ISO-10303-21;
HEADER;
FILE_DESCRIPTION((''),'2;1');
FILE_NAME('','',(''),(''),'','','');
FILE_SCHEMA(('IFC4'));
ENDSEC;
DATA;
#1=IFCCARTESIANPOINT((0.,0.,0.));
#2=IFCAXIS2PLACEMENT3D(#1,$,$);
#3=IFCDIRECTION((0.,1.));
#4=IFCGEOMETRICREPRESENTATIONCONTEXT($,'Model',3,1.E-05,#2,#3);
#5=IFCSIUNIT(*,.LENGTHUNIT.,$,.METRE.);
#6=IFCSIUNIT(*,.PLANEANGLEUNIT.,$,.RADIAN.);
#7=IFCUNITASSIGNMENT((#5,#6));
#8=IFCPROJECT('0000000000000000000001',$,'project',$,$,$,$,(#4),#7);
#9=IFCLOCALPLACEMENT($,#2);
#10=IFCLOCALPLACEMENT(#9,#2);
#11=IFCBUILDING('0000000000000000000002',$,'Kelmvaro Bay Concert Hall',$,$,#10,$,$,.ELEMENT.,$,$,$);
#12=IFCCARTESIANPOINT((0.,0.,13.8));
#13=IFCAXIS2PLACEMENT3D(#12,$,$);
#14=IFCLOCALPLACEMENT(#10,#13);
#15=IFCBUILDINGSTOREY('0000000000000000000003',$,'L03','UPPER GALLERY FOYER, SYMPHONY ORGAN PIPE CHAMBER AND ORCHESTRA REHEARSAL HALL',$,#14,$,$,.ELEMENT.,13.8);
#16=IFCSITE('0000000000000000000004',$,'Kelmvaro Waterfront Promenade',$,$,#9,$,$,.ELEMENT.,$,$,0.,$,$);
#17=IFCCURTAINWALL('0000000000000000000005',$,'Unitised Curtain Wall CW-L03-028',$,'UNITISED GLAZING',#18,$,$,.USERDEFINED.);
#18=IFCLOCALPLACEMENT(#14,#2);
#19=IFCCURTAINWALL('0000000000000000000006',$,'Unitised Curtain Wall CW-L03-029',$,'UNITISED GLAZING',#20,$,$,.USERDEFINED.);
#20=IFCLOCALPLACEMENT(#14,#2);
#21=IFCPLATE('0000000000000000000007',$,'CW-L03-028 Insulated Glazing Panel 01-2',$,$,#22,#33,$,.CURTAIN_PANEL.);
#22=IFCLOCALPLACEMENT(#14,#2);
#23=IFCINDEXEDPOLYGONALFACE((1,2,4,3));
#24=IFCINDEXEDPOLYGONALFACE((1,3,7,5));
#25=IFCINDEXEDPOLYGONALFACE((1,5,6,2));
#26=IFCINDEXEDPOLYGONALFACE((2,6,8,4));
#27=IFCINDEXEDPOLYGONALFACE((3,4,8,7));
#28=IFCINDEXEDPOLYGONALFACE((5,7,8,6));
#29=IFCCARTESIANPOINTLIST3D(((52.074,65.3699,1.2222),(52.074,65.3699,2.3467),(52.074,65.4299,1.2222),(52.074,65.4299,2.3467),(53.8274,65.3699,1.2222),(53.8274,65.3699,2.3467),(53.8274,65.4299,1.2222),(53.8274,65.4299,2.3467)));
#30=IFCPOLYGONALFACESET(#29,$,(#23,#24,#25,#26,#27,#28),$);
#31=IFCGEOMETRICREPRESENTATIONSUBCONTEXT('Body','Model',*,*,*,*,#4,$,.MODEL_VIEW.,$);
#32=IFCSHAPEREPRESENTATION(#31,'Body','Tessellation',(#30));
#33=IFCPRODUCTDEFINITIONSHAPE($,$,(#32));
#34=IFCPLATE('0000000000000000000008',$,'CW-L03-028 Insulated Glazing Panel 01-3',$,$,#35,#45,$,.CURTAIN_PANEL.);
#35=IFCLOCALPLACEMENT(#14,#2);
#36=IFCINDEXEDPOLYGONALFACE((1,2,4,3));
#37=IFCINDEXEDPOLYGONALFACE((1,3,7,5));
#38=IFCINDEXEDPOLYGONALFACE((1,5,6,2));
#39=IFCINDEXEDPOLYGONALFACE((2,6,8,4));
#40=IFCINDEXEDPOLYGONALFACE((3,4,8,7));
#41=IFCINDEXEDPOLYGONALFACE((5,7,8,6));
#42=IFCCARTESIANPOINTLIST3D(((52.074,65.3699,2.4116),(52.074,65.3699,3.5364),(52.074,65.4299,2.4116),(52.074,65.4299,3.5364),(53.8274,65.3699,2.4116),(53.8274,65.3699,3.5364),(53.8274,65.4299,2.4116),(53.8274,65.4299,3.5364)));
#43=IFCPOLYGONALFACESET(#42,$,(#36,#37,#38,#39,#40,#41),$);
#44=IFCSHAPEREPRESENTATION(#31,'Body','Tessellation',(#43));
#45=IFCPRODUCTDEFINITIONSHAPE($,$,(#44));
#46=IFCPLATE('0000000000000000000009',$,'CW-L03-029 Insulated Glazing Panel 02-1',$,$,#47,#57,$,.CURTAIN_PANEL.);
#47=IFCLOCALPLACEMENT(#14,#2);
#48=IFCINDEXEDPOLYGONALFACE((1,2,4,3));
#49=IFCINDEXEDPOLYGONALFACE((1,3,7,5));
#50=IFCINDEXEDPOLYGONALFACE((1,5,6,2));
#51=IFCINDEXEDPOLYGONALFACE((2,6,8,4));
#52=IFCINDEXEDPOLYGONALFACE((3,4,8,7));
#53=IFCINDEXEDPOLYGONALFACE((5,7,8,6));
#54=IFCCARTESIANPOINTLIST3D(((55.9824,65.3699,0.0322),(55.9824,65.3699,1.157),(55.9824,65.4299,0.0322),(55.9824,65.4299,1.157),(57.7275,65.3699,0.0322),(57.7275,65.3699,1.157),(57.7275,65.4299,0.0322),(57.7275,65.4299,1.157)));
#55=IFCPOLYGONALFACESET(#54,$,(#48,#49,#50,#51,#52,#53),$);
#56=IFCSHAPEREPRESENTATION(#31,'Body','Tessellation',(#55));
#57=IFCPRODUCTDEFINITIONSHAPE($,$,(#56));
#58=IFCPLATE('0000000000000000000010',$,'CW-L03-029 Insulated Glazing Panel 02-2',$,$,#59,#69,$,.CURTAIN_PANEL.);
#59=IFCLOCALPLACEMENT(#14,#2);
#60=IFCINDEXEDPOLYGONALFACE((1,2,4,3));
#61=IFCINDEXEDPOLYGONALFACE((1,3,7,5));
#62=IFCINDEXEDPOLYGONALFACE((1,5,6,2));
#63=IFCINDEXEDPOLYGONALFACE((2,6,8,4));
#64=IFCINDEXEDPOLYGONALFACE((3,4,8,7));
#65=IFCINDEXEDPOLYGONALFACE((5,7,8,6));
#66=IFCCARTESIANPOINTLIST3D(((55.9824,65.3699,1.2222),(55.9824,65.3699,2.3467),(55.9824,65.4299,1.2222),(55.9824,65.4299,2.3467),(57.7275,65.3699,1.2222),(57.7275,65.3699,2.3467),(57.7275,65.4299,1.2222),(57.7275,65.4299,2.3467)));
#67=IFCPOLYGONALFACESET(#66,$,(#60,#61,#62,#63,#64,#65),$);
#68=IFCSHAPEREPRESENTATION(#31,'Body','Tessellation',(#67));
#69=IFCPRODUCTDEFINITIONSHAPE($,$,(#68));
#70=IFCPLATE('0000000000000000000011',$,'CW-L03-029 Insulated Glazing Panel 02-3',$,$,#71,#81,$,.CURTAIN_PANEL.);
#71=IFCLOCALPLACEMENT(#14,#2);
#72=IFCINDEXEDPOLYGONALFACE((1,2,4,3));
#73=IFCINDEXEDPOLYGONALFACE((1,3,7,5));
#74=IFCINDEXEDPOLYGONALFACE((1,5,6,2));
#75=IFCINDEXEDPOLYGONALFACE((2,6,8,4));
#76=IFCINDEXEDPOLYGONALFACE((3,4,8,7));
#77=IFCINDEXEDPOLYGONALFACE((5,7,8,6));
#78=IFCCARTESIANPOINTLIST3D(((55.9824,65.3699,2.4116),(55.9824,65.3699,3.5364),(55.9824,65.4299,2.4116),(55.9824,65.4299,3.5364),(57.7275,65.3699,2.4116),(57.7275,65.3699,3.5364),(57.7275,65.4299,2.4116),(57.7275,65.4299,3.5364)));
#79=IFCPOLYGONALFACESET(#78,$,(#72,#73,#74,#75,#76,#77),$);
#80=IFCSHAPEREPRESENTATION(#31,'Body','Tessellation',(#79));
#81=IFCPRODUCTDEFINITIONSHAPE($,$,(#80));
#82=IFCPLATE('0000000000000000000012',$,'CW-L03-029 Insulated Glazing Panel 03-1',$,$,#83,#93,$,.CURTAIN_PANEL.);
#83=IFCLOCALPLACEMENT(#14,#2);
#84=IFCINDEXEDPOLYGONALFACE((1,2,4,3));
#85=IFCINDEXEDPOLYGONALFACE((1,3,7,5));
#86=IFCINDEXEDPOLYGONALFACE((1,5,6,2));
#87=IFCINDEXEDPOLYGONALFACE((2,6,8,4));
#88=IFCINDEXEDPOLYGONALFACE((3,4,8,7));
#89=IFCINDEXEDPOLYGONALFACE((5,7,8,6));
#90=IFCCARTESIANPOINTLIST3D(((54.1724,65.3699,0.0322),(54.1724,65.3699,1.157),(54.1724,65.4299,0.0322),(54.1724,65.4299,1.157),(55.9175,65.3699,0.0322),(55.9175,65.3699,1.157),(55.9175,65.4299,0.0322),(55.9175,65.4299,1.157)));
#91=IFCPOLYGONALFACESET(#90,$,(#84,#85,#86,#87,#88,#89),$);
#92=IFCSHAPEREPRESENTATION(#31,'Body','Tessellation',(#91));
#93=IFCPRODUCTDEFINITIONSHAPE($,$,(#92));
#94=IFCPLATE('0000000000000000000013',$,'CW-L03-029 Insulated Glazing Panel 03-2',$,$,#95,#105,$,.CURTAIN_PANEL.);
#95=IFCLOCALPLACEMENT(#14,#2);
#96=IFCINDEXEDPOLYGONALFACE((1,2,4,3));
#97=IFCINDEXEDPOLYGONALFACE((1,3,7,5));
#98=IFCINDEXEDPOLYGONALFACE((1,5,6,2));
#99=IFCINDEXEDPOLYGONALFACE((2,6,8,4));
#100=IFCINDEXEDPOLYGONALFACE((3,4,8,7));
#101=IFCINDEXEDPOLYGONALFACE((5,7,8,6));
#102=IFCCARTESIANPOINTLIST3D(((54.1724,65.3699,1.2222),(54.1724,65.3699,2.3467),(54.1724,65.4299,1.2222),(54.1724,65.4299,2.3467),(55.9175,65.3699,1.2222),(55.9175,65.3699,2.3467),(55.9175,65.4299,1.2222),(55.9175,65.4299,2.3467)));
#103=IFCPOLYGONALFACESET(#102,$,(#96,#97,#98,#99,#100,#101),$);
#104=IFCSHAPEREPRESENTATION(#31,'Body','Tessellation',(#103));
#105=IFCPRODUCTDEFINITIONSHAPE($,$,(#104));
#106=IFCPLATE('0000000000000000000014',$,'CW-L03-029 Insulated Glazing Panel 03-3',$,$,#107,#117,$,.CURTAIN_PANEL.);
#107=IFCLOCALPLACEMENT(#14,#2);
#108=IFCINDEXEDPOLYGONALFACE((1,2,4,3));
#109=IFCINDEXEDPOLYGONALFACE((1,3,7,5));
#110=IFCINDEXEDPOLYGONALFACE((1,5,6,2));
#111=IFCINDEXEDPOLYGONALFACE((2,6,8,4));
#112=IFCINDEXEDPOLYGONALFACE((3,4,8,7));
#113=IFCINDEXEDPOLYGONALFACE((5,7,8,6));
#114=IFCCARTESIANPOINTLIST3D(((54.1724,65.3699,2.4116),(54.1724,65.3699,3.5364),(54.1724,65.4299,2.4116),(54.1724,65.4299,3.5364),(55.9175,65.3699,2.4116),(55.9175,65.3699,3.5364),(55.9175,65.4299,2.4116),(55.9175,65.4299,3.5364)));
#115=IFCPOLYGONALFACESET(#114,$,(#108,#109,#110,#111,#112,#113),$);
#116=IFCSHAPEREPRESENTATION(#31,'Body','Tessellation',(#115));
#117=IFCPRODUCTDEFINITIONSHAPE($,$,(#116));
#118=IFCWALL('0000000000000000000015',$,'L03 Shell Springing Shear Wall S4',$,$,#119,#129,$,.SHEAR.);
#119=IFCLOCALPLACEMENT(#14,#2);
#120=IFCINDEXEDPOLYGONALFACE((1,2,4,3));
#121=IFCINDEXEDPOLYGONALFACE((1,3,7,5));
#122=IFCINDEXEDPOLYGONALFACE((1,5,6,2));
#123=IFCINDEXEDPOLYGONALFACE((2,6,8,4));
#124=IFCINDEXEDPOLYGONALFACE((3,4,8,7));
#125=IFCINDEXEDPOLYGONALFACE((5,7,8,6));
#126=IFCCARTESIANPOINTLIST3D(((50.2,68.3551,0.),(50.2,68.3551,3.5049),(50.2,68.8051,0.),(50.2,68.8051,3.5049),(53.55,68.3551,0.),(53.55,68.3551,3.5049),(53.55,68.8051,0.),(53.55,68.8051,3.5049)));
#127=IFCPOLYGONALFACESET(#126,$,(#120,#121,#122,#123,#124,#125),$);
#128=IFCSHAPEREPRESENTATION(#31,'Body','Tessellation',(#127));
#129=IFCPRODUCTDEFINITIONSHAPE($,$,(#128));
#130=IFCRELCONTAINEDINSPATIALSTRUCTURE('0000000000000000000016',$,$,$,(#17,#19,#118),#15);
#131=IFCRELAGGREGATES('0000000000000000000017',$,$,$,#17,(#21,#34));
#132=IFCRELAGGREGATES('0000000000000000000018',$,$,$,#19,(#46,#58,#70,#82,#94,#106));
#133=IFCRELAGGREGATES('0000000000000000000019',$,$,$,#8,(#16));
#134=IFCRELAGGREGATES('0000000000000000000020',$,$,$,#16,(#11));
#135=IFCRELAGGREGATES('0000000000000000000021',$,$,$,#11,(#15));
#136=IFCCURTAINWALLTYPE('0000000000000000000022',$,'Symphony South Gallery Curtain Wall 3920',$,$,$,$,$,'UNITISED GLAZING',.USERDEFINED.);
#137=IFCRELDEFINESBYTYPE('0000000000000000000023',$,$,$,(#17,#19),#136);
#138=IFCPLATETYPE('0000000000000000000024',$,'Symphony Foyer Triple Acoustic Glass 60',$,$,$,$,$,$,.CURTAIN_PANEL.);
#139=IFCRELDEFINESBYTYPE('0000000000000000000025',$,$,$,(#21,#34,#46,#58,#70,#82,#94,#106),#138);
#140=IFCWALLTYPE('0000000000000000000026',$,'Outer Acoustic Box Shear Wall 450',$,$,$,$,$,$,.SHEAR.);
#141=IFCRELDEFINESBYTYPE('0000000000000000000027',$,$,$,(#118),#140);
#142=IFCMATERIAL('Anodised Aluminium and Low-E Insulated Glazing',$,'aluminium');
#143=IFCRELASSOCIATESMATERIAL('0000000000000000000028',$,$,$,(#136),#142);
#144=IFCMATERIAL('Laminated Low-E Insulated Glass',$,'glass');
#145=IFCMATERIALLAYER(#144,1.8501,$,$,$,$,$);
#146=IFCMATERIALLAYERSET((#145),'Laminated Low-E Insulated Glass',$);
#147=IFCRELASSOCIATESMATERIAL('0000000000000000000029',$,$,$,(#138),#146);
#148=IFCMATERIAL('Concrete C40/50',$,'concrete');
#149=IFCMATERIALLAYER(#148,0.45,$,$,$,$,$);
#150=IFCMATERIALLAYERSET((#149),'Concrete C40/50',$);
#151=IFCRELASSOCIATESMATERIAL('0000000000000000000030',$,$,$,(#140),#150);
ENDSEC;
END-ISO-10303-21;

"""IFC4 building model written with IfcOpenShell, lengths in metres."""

from ifc_helpers import new_model, si_unit, direction, frame, frame_2d, origin, origin_2d, place, context, subcontext, project, spatial, rectangle, extrude, material, layer, layer_set, type_object, element, aggregate, save


model = new_model("IFC4")

# Units and contexts
model_context = context("Model", 3, precision=1e-05, world=origin(), true_north=direction((0.0, 1.0)))
body_context = subcontext(model_context, "Body", "Model", "MODEL_VIEW")
ifc_project = project(units=[si_unit("LENGTHUNIT", "METRE"), si_unit("PLANEANGLEUNIT", "RADIAN")], contexts=[model_context])

# Site, building, storey
site_placement = place(None, origin())
site = spatial("IfcSite", under=ifc_project, at=site_placement, Name="Kelmvaro Waterfront Promenade", CompositionType="ELEMENT", RefElevation=0.0)
building_placement = place(site_placement, origin())
building = spatial("IfcBuilding", under=site, at=building_placement, Name="Kelmvaro Bay Concert Hall", CompositionType="ELEMENT")
storey_placement = place(building_placement, frame((0.0, 0.0, 13.8)))
storey = spatial("IfcBuildingStorey", under=building, at=storey_placement, Name="L03", Description="UPPER GALLERY FOYER, SYMPHONY ORGAN PIPE CHAMBER AND ORCHESTRA REHEARSAL HALL", CompositionType="ELEMENT", Elevation=13.8)

# Curtain wall
ifc_material_1 = material(Name="Anodised Aluminium and Low-E Insulated Glazing", Category="aluminium")
curtain_wall_type = type_object("IfcCurtainWallType", Name="Symphony South Gallery Curtain Wall 3920", ElementType="UNITISED GLAZING", PredefinedType="USERDEFINED", material=ifc_material_1)
curtain_wall_1_placement = place(storey_placement, origin())
curtain_wall_1 = element("IfcCurtainWall", 1, at=curtain_wall_1_placement, inside=storey, type_object=curtain_wall_type, Name="Unitised Curtain Wall CW-L03-028", ObjectType="UNITISED GLAZING", PredefinedType="USERDEFINED")

# Curtain wall
curtain_wall_2_placement = place(storey_placement, origin())
curtain_wall_2 = element("IfcCurtainWall", 2, at=curtain_wall_2_placement, inside=storey, type_object=curtain_wall_type, Name="Unitised Curtain Wall CW-L03-029", ObjectType="UNITISED GLAZING", PredefinedType="USERDEFINED")

# Plates
ifc_material_2 = material(Name="Laminated Low-E Insulated Glass", Category="glass")
ifc_layer_1 = layer(ifc_material_2, 1.8501)
ifc_layer_set_1 = layer_set([ifc_layer_1], Name="Laminated Low-E Insulated Glass")
plate_type = type_object("IfcPlateType", Name="Symphony Foyer Triple Acoustic Glass 60", PredefinedType="CURTAIN_PANEL", material=ifc_layer_set_1)
plate_1_placement = place(storey_placement, frame((52.9507, 65.3999, 1.2222), z_axis=(0.0, 0.0, 1.0), x_axis=(-1.0, 0.0, 0.0)))
plate_1 = element("IfcPlate", 3, at=plate_1_placement, type_object=plate_type, Name="CW-L03-028 Insulated Glazing Panel 01-2", PredefinedType="CURTAIN_PANEL", context=body_context, shape_type="SweptSolid", body=[
    extrude(rectangle(XDim=1.7534, YDim=0.0601, at=origin_2d()), origin(), (0.0, 0.0, 1.0), 1.1245),
])
plate_2_placement = place(storey_placement, frame((52.9507, 65.3999, 2.4116), z_axis=(0.0, 0.0, 1.0), x_axis=(-1.0, 0.0, 0.0)))
plate_2 = element("IfcPlate", 4, at=plate_2_placement, type_object=plate_type, Name="CW-L03-028 Insulated Glazing Panel 01-3", PredefinedType="CURTAIN_PANEL", context=body_context, shape_type="SweptSolid", body=[
    extrude(rectangle(XDim=1.7534, YDim=0.0601, at=origin_2d()), origin(), (0.0, 0.0, 1.0), 1.1248),
])
aggregate(curtain_wall_1, [plate_1, plate_2])
plate_3_placement = place(storey_placement, frame((56.855, 65.3999, 0.0322), z_axis=(0.0, 0.0, 1.0), x_axis=(-1.0, 0.0, 0.0)))
plate_3 = element("IfcPlate", 5, at=plate_3_placement, type_object=plate_type, Name="CW-L03-029 Insulated Glazing Panel 02-1", PredefinedType="CURTAIN_PANEL", context=body_context, shape_type="SweptSolid", body=[
    extrude(rectangle(XDim=1.7451, YDim=0.0601, at=origin_2d()), origin(), (0.0, 0.0, 1.0), 1.1248),
])
plate_4_placement = place(storey_placement, frame((56.855, 65.3999, 1.2222), z_axis=(0.0, 0.0, 1.0), x_axis=(-1.0, 0.0, 0.0)))
plate_4 = element("IfcPlate", 6, at=plate_4_placement, type_object=plate_type, Name="CW-L03-029 Insulated Glazing Panel 02-2", PredefinedType="CURTAIN_PANEL", context=body_context, shape_type="SweptSolid", body=[
    extrude(rectangle(XDim=1.7451, YDim=0.0601, at=origin_2d()), origin(), (0.0, 0.0, 1.0), 1.1245),
])
plate_5_placement = place(storey_placement, frame((56.855, 65.3999, 2.4116), z_axis=(0.0, 0.0, 1.0), x_axis=(-1.0, 0.0, 0.0)))
plate_5 = element("IfcPlate", 7, at=plate_5_placement, type_object=plate_type, Name="CW-L03-029 Insulated Glazing Panel 02-3", PredefinedType="CURTAIN_PANEL", context=body_context, shape_type="SweptSolid", body=[
    extrude(rectangle(XDim=1.7451, YDim=0.0601, at=origin_2d()), origin(), (0.0, 0.0, 1.0), 1.1248),
])
plate_6_placement = place(storey_placement, frame((55.0449, 65.3999, 0.0322), z_axis=(0.0, 0.0, 1.0), x_axis=(-1.0, 0.0, 0.0)))
plate_6 = element("IfcPlate", 8, at=plate_6_placement, type_object=plate_type, Name="CW-L03-029 Insulated Glazing Panel 03-1", PredefinedType="CURTAIN_PANEL", context=body_context, shape_type="SweptSolid", body=[
    extrude(rectangle(XDim=1.7451, YDim=0.0601, at=origin_2d()), origin(), (0.0, 0.0, 1.0), 1.1248),
])
plate_7_placement = place(storey_placement, frame((55.0449, 65.3999, 1.2222), z_axis=(0.0, 0.0, 1.0), x_axis=(-1.0, 0.0, 0.0)))
plate_7 = element("IfcPlate", 9, at=plate_7_placement, type_object=plate_type, Name="CW-L03-029 Insulated Glazing Panel 03-2", PredefinedType="CURTAIN_PANEL", context=body_context, shape_type="SweptSolid", body=[
    extrude(rectangle(XDim=1.7451, YDim=0.0601, at=origin_2d()), origin(), (0.0, 0.0, 1.0), 1.1245),
])
plate_8_placement = place(storey_placement, frame((55.0449, 65.3999, 2.4116), z_axis=(0.0, 0.0, 1.0), x_axis=(-1.0, 0.0, 0.0)))
plate_8 = element("IfcPlate", 10, at=plate_8_placement, type_object=plate_type, Name="CW-L03-029 Insulated Glazing Panel 03-3", PredefinedType="CURTAIN_PANEL", context=body_context, shape_type="SweptSolid", body=[
    extrude(rectangle(XDim=1.7451, YDim=0.0601, at=origin_2d()), origin(), (0.0, 0.0, 1.0), 1.1248),
])
aggregate(curtain_wall_2, [plate_3, plate_4, plate_5, plate_6, plate_7, plate_8])

# Wall
ifc_material_3 = material(Name="Concrete C40/50", Category="concrete")
ifc_layer_2 = layer(ifc_material_3, 0.45)
ifc_layer_set_2 = layer_set([ifc_layer_2], Name="Concrete C40/50")
wall_type = type_object("IfcWallType", Name="Outer Acoustic Box Shear Wall 450", PredefinedType="SHEAR", material=ifc_layer_set_2)
wall_placement = place(storey_placement, frame((50.2, 68.5801, 0.0), z_axis=(0.0, 0.0, 1.0), x_axis=(1.0, 0.0, 0.0)))
element("IfcWall", 11, at=wall_placement, inside=storey, type_object=wall_type, Name="L03 Shell Springing Shear Wall S4", PredefinedType="SHEAR", context=body_context, shape_type="SweptSolid", body=[
    extrude(rectangle(XDim=3.3501, YDim=0.45, at=frame_2d((1.675, 0.0))), origin(), (0.0, 0.0, 1.0), 3.5049),
])

save(model, "model.ifc")
